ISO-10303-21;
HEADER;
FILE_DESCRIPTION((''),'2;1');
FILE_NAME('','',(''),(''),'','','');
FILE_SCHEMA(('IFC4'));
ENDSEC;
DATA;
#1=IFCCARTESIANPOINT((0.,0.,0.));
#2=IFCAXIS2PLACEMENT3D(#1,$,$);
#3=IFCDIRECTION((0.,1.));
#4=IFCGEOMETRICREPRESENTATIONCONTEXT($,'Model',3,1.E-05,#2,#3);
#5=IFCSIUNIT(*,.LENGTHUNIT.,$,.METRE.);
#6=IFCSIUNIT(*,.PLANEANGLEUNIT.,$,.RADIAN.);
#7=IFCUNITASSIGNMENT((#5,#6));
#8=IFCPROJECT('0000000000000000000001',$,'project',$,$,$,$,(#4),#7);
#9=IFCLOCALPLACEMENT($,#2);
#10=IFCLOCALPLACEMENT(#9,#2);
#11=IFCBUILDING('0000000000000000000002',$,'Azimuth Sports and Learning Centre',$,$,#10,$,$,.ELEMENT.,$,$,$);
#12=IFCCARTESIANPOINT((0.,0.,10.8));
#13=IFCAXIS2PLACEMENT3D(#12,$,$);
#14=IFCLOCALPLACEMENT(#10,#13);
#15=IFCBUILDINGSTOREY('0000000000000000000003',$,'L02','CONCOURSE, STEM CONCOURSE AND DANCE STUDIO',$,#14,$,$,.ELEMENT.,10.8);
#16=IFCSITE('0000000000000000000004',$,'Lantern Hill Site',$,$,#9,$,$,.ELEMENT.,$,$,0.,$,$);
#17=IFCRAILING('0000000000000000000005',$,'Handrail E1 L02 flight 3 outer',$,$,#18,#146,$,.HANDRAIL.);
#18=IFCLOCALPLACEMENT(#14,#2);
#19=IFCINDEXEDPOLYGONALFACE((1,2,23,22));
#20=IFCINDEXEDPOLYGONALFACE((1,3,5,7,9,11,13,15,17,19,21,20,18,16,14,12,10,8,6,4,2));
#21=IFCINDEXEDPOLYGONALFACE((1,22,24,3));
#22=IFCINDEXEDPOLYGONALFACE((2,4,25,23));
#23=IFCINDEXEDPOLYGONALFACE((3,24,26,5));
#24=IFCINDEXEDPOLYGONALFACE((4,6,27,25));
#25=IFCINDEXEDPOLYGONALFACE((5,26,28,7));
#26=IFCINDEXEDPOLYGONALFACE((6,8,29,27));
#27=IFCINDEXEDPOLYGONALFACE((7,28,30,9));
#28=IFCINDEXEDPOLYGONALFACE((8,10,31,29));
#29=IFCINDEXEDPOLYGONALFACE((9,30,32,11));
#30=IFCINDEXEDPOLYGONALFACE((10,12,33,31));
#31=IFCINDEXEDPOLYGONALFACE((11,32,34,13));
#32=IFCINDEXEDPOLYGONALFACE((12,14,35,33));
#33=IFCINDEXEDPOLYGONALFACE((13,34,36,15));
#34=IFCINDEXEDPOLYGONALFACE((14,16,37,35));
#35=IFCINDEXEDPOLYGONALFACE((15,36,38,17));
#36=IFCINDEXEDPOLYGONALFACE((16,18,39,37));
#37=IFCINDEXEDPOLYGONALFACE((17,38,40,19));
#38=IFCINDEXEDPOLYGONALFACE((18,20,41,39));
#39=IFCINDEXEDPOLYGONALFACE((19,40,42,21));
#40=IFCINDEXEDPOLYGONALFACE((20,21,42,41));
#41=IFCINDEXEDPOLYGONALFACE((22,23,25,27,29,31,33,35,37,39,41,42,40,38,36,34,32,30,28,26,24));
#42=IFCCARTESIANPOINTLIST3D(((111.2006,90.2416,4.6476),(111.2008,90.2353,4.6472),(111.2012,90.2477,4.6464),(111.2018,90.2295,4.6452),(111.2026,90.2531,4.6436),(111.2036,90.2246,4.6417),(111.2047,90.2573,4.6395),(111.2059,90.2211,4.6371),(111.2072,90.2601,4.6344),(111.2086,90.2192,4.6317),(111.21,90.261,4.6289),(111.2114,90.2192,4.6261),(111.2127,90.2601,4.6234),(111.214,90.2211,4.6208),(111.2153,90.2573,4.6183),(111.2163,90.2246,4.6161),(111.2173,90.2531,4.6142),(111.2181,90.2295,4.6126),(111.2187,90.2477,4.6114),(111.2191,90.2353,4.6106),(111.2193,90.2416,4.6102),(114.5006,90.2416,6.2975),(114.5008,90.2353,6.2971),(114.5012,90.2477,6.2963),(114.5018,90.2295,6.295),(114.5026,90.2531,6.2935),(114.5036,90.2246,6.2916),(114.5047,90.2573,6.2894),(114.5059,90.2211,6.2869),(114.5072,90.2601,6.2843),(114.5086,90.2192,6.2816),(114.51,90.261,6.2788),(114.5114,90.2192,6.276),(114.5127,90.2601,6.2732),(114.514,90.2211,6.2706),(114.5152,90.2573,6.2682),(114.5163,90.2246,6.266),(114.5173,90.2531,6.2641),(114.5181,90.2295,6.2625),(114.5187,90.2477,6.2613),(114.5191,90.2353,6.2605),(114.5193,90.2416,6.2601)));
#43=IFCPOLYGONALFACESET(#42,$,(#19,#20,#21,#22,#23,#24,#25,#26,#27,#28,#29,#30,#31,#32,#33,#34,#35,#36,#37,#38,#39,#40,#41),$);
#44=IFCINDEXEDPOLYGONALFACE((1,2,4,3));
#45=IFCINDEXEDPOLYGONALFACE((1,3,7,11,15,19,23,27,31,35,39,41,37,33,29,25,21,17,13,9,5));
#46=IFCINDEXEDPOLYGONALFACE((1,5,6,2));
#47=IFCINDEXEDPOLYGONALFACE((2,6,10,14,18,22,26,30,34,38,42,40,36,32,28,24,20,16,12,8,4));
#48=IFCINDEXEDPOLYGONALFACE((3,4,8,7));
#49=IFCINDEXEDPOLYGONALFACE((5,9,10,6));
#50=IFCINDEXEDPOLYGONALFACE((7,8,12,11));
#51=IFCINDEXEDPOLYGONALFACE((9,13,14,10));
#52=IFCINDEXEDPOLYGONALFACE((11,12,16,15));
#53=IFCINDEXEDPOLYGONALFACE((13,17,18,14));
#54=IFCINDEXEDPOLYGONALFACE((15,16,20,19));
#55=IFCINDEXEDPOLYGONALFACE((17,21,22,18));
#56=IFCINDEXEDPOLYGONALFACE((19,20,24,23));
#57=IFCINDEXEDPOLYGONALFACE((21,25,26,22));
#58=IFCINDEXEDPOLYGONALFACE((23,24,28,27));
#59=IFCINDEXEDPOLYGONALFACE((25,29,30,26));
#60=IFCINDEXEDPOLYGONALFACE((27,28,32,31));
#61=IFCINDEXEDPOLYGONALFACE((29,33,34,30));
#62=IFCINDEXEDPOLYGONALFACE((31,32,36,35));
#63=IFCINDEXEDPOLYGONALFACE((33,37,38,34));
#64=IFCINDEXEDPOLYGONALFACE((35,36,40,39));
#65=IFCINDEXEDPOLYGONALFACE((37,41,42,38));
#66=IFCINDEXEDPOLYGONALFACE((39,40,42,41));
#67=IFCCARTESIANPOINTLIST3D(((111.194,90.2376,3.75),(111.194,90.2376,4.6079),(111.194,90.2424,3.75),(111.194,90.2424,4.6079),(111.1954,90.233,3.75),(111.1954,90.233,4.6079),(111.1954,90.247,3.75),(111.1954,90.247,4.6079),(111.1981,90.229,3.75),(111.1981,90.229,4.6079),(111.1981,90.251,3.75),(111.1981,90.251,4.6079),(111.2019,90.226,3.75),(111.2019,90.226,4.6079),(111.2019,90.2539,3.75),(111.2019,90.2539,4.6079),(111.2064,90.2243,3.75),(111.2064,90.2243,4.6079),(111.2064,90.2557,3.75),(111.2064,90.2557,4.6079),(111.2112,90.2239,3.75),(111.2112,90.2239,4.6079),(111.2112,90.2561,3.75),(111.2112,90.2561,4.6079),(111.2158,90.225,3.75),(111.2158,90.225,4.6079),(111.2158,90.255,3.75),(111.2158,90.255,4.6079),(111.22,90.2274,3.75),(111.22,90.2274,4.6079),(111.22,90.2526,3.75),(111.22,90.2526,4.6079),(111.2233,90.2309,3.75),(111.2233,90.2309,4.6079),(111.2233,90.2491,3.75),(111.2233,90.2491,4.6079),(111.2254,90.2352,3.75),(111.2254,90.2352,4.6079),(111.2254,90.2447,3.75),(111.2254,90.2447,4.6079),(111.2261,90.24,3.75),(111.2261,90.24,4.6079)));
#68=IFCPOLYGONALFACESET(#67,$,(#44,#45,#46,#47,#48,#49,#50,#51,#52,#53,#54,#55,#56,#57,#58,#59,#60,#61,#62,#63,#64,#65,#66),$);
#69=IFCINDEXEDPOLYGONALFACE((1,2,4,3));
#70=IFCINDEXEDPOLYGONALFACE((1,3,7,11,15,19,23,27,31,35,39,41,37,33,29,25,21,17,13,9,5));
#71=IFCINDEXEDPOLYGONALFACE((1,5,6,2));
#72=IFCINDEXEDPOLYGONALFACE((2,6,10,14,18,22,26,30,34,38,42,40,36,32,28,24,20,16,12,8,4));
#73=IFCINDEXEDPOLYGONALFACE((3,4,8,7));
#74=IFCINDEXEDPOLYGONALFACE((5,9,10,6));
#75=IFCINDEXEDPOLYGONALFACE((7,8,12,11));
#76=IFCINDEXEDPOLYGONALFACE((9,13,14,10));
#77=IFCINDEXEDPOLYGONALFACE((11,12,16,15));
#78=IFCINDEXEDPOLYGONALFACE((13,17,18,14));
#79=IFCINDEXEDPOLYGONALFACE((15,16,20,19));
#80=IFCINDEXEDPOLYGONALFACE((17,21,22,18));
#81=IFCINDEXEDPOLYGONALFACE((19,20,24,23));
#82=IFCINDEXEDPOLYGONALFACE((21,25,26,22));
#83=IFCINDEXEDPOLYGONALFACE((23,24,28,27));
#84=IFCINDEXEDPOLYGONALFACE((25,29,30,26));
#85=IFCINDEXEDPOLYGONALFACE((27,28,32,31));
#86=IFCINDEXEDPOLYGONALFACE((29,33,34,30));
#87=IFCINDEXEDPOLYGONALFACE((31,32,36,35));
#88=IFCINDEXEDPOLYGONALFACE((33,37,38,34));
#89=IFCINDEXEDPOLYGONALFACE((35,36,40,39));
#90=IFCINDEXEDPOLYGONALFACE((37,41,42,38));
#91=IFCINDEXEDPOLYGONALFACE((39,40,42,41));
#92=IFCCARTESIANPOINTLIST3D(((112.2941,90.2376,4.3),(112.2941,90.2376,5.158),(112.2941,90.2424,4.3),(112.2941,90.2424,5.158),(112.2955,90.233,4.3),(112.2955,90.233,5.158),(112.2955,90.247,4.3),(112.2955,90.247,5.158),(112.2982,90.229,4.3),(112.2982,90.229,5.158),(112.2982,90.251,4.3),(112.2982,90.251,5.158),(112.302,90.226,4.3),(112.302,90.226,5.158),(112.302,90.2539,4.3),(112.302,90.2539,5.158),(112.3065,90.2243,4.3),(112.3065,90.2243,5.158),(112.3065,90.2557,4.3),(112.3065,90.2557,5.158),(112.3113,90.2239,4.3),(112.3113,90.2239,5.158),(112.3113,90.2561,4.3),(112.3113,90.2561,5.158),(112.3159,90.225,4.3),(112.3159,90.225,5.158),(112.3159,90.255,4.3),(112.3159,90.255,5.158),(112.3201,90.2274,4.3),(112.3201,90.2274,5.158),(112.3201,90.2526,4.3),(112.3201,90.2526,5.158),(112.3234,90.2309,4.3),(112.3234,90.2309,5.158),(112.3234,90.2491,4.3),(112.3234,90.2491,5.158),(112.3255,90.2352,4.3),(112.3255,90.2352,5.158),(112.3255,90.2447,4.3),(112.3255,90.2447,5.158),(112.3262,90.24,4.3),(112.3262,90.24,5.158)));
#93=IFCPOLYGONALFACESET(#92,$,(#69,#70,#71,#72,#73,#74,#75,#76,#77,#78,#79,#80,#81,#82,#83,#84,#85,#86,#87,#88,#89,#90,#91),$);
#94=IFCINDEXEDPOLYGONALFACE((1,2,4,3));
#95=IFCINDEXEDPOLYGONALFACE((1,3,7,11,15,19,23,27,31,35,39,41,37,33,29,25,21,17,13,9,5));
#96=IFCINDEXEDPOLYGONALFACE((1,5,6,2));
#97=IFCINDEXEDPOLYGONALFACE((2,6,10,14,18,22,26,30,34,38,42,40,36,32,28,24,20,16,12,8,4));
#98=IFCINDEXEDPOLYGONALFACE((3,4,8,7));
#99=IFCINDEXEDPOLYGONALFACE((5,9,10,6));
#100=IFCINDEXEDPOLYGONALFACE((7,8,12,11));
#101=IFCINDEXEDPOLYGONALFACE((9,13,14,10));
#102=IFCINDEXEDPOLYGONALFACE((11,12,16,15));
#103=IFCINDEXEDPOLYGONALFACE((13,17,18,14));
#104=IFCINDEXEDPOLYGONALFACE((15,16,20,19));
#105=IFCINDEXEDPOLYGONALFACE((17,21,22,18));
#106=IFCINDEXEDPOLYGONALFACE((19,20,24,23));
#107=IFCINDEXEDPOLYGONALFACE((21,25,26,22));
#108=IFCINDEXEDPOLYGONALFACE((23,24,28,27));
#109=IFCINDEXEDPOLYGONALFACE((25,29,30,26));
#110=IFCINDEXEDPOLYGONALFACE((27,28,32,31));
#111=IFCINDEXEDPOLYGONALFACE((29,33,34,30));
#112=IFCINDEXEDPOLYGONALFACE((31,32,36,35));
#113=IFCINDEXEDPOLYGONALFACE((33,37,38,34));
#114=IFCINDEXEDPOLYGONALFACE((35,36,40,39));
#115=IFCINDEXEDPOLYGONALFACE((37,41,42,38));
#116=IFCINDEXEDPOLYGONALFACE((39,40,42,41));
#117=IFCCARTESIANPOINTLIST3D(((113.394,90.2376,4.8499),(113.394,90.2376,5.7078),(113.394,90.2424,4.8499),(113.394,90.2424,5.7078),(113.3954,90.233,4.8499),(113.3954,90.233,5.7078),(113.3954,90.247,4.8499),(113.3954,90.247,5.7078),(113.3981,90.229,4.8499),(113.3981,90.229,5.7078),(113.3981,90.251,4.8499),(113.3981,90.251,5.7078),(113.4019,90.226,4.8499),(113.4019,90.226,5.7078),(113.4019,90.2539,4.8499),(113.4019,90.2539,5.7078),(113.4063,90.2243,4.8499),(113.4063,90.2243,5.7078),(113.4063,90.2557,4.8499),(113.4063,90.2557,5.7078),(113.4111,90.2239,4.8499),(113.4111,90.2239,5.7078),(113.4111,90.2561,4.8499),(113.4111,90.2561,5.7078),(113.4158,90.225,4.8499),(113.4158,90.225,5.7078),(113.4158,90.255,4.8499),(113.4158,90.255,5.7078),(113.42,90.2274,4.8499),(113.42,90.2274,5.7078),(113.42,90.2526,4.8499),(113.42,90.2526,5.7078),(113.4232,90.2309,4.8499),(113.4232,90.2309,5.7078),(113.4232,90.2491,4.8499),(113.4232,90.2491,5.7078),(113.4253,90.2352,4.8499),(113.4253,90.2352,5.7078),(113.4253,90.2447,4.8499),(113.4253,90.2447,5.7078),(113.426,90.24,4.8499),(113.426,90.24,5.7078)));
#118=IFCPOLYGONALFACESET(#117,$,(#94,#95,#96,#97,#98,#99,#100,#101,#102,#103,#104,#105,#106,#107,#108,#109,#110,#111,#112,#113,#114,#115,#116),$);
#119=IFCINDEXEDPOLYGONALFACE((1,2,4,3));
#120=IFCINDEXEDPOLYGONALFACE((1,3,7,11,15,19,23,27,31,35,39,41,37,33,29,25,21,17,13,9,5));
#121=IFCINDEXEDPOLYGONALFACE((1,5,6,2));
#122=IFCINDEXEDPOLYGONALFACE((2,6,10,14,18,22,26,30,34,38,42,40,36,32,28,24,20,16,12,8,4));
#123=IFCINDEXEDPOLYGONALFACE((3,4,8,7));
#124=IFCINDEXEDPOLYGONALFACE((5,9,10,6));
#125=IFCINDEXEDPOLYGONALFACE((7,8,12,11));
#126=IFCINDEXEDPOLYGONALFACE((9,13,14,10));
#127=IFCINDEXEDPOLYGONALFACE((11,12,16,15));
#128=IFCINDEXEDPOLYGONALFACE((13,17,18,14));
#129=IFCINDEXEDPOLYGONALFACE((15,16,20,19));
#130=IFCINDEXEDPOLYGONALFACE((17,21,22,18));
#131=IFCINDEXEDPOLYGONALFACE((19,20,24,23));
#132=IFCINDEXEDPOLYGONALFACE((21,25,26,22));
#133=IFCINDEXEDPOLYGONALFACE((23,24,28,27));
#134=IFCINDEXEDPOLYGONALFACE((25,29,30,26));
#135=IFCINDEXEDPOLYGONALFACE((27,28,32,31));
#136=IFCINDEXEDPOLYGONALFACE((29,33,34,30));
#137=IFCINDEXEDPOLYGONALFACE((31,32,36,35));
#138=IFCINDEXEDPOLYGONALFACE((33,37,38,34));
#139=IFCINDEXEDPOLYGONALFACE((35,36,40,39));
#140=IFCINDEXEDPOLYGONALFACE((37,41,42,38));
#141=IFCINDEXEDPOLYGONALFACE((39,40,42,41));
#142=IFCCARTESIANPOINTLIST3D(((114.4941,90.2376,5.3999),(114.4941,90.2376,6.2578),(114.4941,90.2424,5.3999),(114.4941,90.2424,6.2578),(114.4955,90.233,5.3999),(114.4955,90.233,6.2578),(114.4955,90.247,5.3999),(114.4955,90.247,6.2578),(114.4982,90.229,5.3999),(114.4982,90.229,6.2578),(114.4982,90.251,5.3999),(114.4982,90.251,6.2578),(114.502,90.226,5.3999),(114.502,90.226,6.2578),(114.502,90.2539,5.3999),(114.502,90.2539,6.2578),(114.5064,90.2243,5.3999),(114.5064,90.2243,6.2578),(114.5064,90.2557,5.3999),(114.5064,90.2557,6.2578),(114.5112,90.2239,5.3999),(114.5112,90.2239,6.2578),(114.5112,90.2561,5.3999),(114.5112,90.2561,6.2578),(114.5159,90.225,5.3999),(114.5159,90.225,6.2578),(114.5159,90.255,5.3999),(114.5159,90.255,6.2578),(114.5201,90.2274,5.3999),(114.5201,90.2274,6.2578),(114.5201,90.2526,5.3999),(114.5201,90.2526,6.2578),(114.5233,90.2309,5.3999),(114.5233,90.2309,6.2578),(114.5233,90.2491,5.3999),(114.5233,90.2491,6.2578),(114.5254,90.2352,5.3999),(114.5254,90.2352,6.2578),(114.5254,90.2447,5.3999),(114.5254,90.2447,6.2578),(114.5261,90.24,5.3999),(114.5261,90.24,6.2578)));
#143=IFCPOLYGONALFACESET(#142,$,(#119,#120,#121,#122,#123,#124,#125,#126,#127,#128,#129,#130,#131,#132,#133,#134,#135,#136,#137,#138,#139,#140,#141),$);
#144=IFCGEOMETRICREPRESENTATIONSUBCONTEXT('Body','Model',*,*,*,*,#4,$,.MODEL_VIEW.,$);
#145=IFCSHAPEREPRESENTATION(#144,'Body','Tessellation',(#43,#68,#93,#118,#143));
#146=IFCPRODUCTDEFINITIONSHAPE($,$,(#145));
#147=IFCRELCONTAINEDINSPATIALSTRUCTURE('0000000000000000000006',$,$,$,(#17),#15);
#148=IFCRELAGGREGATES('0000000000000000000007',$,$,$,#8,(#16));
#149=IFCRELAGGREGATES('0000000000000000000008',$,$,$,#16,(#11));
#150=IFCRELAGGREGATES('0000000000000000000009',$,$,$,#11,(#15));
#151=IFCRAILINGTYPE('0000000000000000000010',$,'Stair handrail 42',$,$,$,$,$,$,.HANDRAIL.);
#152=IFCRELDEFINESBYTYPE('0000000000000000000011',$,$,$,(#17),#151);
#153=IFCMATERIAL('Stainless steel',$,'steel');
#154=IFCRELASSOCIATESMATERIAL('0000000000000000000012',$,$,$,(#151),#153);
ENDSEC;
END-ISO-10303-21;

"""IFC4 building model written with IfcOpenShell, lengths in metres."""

from ifc_helpers import new_model, si_unit, direction, frame, origin, origin_2d, place, context, subcontext, project, spatial, circle, extrude, material, type_object, element, save


model = new_model("IFC4")

# Units and contexts
model_context = context("Model", 3, precision=1e-05, world=origin(), true_north=direction((0.0, 1.0)))
body_context = subcontext(model_context, "Body", "Model", "MODEL_VIEW")
ifc_project = project(units=[si_unit("LENGTHUNIT", "METRE"), si_unit("PLANEANGLEUNIT", "RADIAN")], contexts=[model_context])

# Site, building, storey
site_placement = place(None, origin())
site = spatial("IfcSite", under=ifc_project, at=site_placement, Name="Lantern Hill Site", CompositionType="ELEMENT", RefElevation=0.0)
building_placement = place(site_placement, origin())
building = spatial("IfcBuilding", under=site, at=building_placement, Name="Azimuth Sports and Learning Centre", CompositionType="ELEMENT")
storey_placement = place(building_placement, frame((0.0, 0.0, 10.8)))
storey = spatial("IfcBuildingStorey", under=building, at=storey_placement, Name="L02", Description="CONCOURSE, STEM CONCOURSE AND DANCE STUDIO", CompositionType="ELEMENT", Elevation=10.8)

# Railing
ifc_material_1 = material(Name="Stainless steel", Category="steel")
railing_type = type_object("IfcRailingType", Name="Stair handrail 42", PredefinedType="HANDRAIL", material=ifc_material_1)
railing_placement = place(storey_placement, frame((111.21, 90.24, 3.75)))
element("IfcRailing", 1, at=railing_placement, inside=storey, type_object=railing_type, Name="Handrail E1 L02 flight 3 outer", PredefinedType="HANDRAIL", context=body_context, shape_type="SweptSolid", body=[
    extrude(circle(Radius=0.021, at=origin_2d()), frame((0.0, 0.0, 0.8789), z_axis=(0.89444, 0.0, 0.447187), x_axis=(0.0, 1.0, 0.0)), (0.0, 0.0, 1.0), 3.6895),
    extrude(circle(Radius=0.0161, at=origin_2d()), origin(), (0.0, 0.0, 1.0), 0.8579),
    extrude(circle(Radius=0.0161, at=origin_2d()), frame((1.1001, 0.0, 0.55)), (0.0, 0.0, 1.0), 0.8579),
    extrude(circle(Radius=0.0161, at=origin_2d()), frame((2.2, 0.0, 1.0999)), (0.0, 0.0, 1.0), 0.8579),
    extrude(circle(Radius=0.0161, at=origin_2d()), frame((3.3, 0.0, 1.6499)), (0.0, 0.0, 1.0), 0.8579),
])

save(model, "model.ifc")
